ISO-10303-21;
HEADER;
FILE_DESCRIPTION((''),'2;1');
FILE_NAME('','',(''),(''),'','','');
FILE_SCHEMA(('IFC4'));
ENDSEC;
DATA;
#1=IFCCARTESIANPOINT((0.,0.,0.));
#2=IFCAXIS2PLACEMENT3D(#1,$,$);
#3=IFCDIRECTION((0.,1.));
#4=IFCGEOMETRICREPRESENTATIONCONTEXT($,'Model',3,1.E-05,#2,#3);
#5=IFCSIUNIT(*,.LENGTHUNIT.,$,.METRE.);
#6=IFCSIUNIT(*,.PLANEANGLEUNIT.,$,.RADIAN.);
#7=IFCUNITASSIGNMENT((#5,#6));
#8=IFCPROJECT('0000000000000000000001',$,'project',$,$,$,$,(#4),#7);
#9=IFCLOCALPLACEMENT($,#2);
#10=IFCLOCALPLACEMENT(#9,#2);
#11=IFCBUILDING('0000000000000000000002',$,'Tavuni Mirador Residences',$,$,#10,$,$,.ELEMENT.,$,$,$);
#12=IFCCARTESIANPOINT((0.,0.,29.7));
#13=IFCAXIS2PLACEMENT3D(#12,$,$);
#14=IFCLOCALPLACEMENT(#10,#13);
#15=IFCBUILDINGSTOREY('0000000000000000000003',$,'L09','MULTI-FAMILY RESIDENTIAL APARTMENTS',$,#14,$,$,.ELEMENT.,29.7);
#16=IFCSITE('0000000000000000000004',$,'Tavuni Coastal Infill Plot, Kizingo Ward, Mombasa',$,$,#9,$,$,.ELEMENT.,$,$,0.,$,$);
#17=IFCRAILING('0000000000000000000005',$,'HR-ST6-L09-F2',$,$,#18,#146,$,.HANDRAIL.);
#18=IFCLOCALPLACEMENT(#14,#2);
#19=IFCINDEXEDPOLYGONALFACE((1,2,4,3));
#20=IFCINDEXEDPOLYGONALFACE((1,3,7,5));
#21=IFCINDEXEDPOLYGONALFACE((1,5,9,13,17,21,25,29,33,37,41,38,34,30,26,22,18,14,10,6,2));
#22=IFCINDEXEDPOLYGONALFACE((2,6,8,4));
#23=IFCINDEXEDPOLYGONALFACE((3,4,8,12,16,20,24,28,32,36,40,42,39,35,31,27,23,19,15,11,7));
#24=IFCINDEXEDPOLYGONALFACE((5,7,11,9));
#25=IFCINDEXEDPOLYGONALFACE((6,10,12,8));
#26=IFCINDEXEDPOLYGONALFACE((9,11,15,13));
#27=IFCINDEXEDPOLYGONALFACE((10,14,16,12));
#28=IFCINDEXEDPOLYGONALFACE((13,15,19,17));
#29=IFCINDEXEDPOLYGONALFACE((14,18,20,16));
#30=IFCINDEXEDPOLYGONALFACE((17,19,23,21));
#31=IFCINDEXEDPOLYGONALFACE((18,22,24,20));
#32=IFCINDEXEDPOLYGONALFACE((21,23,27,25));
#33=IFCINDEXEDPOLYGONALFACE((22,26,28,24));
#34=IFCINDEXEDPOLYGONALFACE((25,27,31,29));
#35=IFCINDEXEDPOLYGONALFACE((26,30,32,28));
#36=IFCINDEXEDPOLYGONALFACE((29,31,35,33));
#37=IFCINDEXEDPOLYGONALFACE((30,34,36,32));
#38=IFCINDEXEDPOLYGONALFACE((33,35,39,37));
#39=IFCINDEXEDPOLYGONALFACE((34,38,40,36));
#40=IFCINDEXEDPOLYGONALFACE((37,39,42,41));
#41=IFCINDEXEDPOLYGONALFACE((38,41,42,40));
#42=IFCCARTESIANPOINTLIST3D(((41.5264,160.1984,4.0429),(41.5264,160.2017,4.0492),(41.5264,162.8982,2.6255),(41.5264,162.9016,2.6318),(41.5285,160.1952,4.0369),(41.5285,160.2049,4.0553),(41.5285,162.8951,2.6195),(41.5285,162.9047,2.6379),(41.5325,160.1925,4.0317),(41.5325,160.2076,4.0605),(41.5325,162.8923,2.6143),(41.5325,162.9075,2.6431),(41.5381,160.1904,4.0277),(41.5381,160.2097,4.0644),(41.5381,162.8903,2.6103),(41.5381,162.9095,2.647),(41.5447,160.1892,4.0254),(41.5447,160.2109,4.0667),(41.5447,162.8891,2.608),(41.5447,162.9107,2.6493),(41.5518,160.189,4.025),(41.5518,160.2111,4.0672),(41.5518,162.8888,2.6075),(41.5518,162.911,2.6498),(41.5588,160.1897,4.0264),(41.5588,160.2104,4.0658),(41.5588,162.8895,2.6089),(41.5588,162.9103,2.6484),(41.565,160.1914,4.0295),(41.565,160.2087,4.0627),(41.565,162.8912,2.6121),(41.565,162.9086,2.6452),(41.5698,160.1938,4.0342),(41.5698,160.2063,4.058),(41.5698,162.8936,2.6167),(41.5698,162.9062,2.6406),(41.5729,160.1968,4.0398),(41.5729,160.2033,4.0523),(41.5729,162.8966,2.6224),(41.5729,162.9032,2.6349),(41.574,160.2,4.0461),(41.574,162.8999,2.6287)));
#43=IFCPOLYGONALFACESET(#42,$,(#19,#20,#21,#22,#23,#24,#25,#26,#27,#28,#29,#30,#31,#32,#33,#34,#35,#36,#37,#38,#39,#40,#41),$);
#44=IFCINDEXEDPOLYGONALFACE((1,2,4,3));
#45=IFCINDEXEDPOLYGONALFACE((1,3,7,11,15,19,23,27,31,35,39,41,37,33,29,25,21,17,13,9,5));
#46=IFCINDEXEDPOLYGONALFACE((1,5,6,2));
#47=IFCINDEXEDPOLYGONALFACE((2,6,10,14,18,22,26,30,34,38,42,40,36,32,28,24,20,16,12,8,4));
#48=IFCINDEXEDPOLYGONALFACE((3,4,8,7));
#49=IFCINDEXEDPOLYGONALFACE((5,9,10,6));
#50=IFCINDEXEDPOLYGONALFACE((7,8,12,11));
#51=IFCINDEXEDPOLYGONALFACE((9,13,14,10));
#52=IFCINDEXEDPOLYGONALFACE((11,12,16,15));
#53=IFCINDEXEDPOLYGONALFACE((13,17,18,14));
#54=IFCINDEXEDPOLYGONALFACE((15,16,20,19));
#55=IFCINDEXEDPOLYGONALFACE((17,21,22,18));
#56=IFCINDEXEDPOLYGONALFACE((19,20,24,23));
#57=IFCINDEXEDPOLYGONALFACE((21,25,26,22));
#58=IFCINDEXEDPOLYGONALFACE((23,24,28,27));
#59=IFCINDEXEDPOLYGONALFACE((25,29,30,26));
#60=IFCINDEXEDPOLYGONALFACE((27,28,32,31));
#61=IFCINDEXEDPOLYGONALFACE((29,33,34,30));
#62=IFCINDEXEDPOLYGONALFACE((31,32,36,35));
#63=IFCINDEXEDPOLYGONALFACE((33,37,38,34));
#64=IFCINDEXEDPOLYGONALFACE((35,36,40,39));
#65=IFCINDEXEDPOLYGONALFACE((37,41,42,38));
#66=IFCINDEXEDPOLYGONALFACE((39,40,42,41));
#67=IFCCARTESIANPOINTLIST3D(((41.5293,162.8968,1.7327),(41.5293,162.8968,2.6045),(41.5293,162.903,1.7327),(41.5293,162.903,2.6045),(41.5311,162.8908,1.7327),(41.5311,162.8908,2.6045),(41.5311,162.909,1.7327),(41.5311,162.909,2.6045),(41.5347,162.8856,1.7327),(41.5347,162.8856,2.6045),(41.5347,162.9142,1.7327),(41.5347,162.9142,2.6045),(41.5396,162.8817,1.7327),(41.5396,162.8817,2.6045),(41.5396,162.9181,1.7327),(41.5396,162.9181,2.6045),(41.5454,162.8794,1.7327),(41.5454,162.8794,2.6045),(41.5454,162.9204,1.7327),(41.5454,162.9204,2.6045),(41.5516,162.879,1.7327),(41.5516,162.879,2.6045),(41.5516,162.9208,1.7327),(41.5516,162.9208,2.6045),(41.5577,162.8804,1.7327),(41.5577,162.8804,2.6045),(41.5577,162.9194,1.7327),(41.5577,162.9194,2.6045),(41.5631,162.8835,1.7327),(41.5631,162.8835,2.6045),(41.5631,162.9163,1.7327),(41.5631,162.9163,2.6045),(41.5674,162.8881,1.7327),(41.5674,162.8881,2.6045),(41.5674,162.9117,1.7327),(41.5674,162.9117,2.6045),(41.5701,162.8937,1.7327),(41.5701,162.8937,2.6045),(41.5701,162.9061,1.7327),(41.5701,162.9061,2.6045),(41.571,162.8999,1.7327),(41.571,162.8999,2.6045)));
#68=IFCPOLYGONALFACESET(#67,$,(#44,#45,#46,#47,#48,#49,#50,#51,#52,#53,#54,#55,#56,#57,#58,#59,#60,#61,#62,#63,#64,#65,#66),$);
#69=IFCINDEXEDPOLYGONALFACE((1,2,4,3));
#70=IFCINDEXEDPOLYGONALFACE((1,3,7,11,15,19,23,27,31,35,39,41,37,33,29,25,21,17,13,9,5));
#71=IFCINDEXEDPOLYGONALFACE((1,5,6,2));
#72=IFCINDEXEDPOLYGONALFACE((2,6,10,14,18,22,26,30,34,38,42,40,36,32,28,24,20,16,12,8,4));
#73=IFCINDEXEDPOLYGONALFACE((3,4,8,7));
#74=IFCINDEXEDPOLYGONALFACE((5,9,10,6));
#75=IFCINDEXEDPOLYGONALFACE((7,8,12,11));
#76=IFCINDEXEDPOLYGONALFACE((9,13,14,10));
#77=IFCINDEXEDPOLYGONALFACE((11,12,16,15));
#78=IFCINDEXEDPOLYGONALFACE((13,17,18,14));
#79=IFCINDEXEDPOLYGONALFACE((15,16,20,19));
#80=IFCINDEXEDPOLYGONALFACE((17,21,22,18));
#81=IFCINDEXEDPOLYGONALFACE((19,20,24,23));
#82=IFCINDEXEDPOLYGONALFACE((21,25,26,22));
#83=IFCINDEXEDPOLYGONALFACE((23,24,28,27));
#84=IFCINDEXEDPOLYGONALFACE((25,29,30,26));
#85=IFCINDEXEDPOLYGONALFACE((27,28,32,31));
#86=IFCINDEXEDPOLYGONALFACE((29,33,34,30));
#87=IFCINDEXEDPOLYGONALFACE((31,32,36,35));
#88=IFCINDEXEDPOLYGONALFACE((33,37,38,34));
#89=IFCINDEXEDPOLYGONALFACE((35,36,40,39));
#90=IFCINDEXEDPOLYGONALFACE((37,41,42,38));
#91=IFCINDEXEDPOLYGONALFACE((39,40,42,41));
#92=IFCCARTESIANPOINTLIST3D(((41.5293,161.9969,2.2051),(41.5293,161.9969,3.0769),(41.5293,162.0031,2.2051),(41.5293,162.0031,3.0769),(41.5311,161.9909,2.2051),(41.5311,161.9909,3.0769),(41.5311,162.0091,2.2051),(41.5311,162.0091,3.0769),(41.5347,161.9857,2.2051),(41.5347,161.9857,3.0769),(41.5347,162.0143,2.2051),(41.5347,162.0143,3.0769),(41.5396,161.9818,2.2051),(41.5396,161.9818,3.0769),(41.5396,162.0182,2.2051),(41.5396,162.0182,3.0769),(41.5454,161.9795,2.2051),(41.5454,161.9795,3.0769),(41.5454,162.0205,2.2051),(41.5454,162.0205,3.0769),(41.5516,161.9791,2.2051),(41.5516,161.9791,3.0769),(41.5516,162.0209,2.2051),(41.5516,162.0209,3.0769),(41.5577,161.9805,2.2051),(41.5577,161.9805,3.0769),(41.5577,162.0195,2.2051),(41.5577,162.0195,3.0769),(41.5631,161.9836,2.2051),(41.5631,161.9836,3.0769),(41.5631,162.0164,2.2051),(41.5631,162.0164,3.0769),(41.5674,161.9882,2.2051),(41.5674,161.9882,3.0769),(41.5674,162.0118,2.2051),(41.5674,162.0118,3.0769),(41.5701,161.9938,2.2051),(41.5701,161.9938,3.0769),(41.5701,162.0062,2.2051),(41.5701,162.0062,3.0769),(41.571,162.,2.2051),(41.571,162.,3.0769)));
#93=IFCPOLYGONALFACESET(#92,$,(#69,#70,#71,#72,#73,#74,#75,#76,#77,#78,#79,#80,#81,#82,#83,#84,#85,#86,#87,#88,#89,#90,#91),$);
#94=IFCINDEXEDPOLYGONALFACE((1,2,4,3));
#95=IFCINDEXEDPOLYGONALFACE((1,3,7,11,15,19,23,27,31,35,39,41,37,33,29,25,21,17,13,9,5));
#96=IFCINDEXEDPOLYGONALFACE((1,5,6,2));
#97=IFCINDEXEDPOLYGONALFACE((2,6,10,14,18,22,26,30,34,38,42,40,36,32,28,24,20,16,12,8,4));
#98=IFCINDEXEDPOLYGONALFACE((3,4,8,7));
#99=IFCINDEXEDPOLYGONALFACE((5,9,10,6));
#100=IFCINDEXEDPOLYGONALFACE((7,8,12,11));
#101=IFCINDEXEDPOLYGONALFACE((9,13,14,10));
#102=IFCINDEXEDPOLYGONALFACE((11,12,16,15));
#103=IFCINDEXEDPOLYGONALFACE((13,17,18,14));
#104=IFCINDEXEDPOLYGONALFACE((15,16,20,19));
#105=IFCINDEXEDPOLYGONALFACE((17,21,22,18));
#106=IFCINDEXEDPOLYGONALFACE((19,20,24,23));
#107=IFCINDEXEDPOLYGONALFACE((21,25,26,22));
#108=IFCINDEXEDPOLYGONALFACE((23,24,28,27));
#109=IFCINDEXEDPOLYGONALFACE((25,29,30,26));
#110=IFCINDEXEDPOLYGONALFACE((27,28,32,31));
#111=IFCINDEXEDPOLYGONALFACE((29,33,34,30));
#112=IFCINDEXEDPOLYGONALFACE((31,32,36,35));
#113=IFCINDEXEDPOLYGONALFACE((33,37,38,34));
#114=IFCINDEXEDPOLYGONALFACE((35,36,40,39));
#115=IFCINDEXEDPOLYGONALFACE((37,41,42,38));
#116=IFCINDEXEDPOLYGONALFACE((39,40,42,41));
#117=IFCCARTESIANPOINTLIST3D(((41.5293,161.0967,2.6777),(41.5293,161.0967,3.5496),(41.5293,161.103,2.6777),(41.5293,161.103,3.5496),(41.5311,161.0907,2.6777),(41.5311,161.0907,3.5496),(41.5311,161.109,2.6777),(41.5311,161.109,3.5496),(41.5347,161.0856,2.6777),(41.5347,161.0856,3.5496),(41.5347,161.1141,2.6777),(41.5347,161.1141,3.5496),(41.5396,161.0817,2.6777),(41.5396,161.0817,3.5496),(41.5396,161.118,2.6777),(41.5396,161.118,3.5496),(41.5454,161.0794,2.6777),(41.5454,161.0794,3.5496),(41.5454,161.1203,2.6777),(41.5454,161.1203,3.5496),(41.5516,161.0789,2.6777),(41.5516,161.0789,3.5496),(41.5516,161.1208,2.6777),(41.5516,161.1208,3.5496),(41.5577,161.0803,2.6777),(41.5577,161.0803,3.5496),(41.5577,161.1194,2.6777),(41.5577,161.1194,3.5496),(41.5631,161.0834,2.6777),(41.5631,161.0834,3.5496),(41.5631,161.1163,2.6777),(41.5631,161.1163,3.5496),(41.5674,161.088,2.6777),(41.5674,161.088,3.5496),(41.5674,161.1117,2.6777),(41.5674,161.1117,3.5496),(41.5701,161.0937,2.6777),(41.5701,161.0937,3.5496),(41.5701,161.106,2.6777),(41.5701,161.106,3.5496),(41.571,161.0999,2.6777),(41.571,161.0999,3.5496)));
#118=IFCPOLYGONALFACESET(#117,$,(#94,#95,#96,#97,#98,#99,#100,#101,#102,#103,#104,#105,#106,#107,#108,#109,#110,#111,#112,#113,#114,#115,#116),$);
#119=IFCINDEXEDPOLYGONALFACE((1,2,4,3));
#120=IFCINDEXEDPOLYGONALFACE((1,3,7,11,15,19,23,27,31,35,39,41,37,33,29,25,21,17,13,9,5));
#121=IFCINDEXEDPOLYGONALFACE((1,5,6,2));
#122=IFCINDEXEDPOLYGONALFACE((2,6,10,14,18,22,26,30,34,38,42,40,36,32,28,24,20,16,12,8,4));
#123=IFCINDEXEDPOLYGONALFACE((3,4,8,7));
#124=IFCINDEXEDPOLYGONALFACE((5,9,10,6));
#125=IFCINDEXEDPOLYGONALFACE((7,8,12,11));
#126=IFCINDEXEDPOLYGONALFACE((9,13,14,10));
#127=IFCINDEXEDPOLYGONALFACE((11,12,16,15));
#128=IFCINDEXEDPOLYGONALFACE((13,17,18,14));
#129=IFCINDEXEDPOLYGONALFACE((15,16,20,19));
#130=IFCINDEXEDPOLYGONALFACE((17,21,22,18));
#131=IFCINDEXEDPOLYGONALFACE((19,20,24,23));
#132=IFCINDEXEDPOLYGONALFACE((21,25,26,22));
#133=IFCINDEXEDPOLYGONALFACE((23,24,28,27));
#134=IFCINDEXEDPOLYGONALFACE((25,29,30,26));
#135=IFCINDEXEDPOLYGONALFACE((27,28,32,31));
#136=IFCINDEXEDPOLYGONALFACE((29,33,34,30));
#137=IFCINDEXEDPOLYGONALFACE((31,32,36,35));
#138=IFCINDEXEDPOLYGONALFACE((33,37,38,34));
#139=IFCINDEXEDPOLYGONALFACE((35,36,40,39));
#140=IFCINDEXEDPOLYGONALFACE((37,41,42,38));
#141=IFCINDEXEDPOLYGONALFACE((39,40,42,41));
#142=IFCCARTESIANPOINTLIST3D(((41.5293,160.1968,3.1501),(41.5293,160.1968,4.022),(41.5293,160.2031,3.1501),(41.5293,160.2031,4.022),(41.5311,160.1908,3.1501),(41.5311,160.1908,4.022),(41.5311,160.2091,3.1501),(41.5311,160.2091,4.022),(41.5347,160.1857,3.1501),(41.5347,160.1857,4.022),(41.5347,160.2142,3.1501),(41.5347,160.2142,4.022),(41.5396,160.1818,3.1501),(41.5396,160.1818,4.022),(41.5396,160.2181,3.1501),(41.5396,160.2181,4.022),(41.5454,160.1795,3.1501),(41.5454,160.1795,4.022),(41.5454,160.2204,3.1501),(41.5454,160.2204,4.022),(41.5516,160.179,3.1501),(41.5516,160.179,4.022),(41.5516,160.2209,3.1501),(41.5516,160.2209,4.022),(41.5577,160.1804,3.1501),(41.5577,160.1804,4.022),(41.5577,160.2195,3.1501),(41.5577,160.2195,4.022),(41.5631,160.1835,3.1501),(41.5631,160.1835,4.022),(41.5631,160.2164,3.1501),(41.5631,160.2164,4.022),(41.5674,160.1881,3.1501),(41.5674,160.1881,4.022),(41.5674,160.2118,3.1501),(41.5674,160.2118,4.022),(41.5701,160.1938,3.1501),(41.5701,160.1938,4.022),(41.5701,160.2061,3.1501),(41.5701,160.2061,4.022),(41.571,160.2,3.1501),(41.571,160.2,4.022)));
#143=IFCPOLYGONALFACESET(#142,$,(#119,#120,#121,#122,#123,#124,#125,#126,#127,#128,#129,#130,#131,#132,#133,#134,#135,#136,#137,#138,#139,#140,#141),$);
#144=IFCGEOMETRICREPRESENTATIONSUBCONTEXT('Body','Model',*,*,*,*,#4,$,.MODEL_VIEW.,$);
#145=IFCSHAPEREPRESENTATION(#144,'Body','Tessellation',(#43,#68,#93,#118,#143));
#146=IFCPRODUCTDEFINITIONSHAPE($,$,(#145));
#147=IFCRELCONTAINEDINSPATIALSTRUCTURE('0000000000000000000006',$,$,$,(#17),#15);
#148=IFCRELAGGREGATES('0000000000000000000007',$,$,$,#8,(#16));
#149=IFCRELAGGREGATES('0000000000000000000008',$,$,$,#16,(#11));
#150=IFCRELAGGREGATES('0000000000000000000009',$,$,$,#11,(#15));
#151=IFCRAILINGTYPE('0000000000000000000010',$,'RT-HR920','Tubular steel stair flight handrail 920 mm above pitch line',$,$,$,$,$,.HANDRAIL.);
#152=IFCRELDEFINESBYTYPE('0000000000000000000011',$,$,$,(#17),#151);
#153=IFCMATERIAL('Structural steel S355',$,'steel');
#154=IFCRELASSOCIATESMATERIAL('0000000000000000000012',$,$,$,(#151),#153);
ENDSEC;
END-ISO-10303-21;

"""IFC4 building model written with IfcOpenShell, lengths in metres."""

from ifc_helpers import new_model, si_unit, direction, frame, origin, origin_2d, place, context, subcontext, project, spatial, circle, extrude, material, type_object, element, save


model = new_model("IFC4")

# Units and contexts
model_context = context("Model", 3, precision=1e-05, world=origin(), true_north=direction((0.0, 1.0)))
body_context = subcontext(model_context, "Body", "Model", "MODEL_VIEW")
ifc_project = project(units=[si_unit("LENGTHUNIT", "METRE"), si_unit("PLANEANGLEUNIT", "RADIAN")], contexts=[model_context])

# Site, building, storey
site_placement = place(None, origin())
site = spatial("IfcSite", under=ifc_project, at=site_placement, Name="Tavuni Coastal Infill Plot, Kizingo Ward, Mombasa", CompositionType="ELEMENT", RefElevation=0.0)
building_placement = place(site_placement, origin())
building = spatial("IfcBuilding", under=site, at=building_placement, Name="Tavuni Mirador Residences", CompositionType="ELEMENT")
storey_placement = place(building_placement, frame((0.0, 0.0, 29.7)))
storey = spatial("IfcBuildingStorey", under=building, at=storey_placement, Name="L09", Description="MULTI-FAMILY RESIDENTIAL APARTMENTS", CompositionType="ELEMENT", Elevation=29.7)

# Shared definitions
ifc_material_1 = material(Name="Structural steel S355", Category="steel")

# Railing
railing_type_1 = type_object("IfcRailingType", Name="RT-HR920", Description="Tubular steel stair flight handrail 920 mm above pitch line", PredefinedType="HANDRAIL", material=ifc_material_1)
railing_1_placement = place(storey_placement, frame((41.55, 162.8999, 1.7327)))
element("IfcRailing", 1, at=railing_1_placement, inside=storey, type_object=railing_type_1, Name="HR-ST6-L09-F2", PredefinedType="HANDRAIL", context=body_context, shape_type="SweptSolid", body=[
    extrude(circle(Radius=0.0239, at=origin_2d()), frame((0.0, 0.0, 0.896), z_axis=(0.0, -0.885397, 0.464835), x_axis=(1.0, 0.0, 0.0)), (0.0, 0.0, 1.0), 3.0493),
    extrude(circle(Radius=0.021, at=origin_2d()), origin(), (0.0, 0.0, 1.0), 0.8718),
    extrude(circle(Radius=0.021, at=origin_2d()), frame((0.0, -0.8999, 0.4724)), (0.0, 0.0, 1.0), 0.8718),
    extrude(circle(Radius=0.021, at=origin_2d()), frame((0.0, -1.8, 0.9451)), (0.0, 0.0, 1.0), 0.8718),
    extrude(circle(Radius=0.021, at=origin_2d()), frame((0.0, -2.7, 1.4175)), (0.0, 0.0, 1.0), 0.8718),
])

save(model, "model.ifc")
